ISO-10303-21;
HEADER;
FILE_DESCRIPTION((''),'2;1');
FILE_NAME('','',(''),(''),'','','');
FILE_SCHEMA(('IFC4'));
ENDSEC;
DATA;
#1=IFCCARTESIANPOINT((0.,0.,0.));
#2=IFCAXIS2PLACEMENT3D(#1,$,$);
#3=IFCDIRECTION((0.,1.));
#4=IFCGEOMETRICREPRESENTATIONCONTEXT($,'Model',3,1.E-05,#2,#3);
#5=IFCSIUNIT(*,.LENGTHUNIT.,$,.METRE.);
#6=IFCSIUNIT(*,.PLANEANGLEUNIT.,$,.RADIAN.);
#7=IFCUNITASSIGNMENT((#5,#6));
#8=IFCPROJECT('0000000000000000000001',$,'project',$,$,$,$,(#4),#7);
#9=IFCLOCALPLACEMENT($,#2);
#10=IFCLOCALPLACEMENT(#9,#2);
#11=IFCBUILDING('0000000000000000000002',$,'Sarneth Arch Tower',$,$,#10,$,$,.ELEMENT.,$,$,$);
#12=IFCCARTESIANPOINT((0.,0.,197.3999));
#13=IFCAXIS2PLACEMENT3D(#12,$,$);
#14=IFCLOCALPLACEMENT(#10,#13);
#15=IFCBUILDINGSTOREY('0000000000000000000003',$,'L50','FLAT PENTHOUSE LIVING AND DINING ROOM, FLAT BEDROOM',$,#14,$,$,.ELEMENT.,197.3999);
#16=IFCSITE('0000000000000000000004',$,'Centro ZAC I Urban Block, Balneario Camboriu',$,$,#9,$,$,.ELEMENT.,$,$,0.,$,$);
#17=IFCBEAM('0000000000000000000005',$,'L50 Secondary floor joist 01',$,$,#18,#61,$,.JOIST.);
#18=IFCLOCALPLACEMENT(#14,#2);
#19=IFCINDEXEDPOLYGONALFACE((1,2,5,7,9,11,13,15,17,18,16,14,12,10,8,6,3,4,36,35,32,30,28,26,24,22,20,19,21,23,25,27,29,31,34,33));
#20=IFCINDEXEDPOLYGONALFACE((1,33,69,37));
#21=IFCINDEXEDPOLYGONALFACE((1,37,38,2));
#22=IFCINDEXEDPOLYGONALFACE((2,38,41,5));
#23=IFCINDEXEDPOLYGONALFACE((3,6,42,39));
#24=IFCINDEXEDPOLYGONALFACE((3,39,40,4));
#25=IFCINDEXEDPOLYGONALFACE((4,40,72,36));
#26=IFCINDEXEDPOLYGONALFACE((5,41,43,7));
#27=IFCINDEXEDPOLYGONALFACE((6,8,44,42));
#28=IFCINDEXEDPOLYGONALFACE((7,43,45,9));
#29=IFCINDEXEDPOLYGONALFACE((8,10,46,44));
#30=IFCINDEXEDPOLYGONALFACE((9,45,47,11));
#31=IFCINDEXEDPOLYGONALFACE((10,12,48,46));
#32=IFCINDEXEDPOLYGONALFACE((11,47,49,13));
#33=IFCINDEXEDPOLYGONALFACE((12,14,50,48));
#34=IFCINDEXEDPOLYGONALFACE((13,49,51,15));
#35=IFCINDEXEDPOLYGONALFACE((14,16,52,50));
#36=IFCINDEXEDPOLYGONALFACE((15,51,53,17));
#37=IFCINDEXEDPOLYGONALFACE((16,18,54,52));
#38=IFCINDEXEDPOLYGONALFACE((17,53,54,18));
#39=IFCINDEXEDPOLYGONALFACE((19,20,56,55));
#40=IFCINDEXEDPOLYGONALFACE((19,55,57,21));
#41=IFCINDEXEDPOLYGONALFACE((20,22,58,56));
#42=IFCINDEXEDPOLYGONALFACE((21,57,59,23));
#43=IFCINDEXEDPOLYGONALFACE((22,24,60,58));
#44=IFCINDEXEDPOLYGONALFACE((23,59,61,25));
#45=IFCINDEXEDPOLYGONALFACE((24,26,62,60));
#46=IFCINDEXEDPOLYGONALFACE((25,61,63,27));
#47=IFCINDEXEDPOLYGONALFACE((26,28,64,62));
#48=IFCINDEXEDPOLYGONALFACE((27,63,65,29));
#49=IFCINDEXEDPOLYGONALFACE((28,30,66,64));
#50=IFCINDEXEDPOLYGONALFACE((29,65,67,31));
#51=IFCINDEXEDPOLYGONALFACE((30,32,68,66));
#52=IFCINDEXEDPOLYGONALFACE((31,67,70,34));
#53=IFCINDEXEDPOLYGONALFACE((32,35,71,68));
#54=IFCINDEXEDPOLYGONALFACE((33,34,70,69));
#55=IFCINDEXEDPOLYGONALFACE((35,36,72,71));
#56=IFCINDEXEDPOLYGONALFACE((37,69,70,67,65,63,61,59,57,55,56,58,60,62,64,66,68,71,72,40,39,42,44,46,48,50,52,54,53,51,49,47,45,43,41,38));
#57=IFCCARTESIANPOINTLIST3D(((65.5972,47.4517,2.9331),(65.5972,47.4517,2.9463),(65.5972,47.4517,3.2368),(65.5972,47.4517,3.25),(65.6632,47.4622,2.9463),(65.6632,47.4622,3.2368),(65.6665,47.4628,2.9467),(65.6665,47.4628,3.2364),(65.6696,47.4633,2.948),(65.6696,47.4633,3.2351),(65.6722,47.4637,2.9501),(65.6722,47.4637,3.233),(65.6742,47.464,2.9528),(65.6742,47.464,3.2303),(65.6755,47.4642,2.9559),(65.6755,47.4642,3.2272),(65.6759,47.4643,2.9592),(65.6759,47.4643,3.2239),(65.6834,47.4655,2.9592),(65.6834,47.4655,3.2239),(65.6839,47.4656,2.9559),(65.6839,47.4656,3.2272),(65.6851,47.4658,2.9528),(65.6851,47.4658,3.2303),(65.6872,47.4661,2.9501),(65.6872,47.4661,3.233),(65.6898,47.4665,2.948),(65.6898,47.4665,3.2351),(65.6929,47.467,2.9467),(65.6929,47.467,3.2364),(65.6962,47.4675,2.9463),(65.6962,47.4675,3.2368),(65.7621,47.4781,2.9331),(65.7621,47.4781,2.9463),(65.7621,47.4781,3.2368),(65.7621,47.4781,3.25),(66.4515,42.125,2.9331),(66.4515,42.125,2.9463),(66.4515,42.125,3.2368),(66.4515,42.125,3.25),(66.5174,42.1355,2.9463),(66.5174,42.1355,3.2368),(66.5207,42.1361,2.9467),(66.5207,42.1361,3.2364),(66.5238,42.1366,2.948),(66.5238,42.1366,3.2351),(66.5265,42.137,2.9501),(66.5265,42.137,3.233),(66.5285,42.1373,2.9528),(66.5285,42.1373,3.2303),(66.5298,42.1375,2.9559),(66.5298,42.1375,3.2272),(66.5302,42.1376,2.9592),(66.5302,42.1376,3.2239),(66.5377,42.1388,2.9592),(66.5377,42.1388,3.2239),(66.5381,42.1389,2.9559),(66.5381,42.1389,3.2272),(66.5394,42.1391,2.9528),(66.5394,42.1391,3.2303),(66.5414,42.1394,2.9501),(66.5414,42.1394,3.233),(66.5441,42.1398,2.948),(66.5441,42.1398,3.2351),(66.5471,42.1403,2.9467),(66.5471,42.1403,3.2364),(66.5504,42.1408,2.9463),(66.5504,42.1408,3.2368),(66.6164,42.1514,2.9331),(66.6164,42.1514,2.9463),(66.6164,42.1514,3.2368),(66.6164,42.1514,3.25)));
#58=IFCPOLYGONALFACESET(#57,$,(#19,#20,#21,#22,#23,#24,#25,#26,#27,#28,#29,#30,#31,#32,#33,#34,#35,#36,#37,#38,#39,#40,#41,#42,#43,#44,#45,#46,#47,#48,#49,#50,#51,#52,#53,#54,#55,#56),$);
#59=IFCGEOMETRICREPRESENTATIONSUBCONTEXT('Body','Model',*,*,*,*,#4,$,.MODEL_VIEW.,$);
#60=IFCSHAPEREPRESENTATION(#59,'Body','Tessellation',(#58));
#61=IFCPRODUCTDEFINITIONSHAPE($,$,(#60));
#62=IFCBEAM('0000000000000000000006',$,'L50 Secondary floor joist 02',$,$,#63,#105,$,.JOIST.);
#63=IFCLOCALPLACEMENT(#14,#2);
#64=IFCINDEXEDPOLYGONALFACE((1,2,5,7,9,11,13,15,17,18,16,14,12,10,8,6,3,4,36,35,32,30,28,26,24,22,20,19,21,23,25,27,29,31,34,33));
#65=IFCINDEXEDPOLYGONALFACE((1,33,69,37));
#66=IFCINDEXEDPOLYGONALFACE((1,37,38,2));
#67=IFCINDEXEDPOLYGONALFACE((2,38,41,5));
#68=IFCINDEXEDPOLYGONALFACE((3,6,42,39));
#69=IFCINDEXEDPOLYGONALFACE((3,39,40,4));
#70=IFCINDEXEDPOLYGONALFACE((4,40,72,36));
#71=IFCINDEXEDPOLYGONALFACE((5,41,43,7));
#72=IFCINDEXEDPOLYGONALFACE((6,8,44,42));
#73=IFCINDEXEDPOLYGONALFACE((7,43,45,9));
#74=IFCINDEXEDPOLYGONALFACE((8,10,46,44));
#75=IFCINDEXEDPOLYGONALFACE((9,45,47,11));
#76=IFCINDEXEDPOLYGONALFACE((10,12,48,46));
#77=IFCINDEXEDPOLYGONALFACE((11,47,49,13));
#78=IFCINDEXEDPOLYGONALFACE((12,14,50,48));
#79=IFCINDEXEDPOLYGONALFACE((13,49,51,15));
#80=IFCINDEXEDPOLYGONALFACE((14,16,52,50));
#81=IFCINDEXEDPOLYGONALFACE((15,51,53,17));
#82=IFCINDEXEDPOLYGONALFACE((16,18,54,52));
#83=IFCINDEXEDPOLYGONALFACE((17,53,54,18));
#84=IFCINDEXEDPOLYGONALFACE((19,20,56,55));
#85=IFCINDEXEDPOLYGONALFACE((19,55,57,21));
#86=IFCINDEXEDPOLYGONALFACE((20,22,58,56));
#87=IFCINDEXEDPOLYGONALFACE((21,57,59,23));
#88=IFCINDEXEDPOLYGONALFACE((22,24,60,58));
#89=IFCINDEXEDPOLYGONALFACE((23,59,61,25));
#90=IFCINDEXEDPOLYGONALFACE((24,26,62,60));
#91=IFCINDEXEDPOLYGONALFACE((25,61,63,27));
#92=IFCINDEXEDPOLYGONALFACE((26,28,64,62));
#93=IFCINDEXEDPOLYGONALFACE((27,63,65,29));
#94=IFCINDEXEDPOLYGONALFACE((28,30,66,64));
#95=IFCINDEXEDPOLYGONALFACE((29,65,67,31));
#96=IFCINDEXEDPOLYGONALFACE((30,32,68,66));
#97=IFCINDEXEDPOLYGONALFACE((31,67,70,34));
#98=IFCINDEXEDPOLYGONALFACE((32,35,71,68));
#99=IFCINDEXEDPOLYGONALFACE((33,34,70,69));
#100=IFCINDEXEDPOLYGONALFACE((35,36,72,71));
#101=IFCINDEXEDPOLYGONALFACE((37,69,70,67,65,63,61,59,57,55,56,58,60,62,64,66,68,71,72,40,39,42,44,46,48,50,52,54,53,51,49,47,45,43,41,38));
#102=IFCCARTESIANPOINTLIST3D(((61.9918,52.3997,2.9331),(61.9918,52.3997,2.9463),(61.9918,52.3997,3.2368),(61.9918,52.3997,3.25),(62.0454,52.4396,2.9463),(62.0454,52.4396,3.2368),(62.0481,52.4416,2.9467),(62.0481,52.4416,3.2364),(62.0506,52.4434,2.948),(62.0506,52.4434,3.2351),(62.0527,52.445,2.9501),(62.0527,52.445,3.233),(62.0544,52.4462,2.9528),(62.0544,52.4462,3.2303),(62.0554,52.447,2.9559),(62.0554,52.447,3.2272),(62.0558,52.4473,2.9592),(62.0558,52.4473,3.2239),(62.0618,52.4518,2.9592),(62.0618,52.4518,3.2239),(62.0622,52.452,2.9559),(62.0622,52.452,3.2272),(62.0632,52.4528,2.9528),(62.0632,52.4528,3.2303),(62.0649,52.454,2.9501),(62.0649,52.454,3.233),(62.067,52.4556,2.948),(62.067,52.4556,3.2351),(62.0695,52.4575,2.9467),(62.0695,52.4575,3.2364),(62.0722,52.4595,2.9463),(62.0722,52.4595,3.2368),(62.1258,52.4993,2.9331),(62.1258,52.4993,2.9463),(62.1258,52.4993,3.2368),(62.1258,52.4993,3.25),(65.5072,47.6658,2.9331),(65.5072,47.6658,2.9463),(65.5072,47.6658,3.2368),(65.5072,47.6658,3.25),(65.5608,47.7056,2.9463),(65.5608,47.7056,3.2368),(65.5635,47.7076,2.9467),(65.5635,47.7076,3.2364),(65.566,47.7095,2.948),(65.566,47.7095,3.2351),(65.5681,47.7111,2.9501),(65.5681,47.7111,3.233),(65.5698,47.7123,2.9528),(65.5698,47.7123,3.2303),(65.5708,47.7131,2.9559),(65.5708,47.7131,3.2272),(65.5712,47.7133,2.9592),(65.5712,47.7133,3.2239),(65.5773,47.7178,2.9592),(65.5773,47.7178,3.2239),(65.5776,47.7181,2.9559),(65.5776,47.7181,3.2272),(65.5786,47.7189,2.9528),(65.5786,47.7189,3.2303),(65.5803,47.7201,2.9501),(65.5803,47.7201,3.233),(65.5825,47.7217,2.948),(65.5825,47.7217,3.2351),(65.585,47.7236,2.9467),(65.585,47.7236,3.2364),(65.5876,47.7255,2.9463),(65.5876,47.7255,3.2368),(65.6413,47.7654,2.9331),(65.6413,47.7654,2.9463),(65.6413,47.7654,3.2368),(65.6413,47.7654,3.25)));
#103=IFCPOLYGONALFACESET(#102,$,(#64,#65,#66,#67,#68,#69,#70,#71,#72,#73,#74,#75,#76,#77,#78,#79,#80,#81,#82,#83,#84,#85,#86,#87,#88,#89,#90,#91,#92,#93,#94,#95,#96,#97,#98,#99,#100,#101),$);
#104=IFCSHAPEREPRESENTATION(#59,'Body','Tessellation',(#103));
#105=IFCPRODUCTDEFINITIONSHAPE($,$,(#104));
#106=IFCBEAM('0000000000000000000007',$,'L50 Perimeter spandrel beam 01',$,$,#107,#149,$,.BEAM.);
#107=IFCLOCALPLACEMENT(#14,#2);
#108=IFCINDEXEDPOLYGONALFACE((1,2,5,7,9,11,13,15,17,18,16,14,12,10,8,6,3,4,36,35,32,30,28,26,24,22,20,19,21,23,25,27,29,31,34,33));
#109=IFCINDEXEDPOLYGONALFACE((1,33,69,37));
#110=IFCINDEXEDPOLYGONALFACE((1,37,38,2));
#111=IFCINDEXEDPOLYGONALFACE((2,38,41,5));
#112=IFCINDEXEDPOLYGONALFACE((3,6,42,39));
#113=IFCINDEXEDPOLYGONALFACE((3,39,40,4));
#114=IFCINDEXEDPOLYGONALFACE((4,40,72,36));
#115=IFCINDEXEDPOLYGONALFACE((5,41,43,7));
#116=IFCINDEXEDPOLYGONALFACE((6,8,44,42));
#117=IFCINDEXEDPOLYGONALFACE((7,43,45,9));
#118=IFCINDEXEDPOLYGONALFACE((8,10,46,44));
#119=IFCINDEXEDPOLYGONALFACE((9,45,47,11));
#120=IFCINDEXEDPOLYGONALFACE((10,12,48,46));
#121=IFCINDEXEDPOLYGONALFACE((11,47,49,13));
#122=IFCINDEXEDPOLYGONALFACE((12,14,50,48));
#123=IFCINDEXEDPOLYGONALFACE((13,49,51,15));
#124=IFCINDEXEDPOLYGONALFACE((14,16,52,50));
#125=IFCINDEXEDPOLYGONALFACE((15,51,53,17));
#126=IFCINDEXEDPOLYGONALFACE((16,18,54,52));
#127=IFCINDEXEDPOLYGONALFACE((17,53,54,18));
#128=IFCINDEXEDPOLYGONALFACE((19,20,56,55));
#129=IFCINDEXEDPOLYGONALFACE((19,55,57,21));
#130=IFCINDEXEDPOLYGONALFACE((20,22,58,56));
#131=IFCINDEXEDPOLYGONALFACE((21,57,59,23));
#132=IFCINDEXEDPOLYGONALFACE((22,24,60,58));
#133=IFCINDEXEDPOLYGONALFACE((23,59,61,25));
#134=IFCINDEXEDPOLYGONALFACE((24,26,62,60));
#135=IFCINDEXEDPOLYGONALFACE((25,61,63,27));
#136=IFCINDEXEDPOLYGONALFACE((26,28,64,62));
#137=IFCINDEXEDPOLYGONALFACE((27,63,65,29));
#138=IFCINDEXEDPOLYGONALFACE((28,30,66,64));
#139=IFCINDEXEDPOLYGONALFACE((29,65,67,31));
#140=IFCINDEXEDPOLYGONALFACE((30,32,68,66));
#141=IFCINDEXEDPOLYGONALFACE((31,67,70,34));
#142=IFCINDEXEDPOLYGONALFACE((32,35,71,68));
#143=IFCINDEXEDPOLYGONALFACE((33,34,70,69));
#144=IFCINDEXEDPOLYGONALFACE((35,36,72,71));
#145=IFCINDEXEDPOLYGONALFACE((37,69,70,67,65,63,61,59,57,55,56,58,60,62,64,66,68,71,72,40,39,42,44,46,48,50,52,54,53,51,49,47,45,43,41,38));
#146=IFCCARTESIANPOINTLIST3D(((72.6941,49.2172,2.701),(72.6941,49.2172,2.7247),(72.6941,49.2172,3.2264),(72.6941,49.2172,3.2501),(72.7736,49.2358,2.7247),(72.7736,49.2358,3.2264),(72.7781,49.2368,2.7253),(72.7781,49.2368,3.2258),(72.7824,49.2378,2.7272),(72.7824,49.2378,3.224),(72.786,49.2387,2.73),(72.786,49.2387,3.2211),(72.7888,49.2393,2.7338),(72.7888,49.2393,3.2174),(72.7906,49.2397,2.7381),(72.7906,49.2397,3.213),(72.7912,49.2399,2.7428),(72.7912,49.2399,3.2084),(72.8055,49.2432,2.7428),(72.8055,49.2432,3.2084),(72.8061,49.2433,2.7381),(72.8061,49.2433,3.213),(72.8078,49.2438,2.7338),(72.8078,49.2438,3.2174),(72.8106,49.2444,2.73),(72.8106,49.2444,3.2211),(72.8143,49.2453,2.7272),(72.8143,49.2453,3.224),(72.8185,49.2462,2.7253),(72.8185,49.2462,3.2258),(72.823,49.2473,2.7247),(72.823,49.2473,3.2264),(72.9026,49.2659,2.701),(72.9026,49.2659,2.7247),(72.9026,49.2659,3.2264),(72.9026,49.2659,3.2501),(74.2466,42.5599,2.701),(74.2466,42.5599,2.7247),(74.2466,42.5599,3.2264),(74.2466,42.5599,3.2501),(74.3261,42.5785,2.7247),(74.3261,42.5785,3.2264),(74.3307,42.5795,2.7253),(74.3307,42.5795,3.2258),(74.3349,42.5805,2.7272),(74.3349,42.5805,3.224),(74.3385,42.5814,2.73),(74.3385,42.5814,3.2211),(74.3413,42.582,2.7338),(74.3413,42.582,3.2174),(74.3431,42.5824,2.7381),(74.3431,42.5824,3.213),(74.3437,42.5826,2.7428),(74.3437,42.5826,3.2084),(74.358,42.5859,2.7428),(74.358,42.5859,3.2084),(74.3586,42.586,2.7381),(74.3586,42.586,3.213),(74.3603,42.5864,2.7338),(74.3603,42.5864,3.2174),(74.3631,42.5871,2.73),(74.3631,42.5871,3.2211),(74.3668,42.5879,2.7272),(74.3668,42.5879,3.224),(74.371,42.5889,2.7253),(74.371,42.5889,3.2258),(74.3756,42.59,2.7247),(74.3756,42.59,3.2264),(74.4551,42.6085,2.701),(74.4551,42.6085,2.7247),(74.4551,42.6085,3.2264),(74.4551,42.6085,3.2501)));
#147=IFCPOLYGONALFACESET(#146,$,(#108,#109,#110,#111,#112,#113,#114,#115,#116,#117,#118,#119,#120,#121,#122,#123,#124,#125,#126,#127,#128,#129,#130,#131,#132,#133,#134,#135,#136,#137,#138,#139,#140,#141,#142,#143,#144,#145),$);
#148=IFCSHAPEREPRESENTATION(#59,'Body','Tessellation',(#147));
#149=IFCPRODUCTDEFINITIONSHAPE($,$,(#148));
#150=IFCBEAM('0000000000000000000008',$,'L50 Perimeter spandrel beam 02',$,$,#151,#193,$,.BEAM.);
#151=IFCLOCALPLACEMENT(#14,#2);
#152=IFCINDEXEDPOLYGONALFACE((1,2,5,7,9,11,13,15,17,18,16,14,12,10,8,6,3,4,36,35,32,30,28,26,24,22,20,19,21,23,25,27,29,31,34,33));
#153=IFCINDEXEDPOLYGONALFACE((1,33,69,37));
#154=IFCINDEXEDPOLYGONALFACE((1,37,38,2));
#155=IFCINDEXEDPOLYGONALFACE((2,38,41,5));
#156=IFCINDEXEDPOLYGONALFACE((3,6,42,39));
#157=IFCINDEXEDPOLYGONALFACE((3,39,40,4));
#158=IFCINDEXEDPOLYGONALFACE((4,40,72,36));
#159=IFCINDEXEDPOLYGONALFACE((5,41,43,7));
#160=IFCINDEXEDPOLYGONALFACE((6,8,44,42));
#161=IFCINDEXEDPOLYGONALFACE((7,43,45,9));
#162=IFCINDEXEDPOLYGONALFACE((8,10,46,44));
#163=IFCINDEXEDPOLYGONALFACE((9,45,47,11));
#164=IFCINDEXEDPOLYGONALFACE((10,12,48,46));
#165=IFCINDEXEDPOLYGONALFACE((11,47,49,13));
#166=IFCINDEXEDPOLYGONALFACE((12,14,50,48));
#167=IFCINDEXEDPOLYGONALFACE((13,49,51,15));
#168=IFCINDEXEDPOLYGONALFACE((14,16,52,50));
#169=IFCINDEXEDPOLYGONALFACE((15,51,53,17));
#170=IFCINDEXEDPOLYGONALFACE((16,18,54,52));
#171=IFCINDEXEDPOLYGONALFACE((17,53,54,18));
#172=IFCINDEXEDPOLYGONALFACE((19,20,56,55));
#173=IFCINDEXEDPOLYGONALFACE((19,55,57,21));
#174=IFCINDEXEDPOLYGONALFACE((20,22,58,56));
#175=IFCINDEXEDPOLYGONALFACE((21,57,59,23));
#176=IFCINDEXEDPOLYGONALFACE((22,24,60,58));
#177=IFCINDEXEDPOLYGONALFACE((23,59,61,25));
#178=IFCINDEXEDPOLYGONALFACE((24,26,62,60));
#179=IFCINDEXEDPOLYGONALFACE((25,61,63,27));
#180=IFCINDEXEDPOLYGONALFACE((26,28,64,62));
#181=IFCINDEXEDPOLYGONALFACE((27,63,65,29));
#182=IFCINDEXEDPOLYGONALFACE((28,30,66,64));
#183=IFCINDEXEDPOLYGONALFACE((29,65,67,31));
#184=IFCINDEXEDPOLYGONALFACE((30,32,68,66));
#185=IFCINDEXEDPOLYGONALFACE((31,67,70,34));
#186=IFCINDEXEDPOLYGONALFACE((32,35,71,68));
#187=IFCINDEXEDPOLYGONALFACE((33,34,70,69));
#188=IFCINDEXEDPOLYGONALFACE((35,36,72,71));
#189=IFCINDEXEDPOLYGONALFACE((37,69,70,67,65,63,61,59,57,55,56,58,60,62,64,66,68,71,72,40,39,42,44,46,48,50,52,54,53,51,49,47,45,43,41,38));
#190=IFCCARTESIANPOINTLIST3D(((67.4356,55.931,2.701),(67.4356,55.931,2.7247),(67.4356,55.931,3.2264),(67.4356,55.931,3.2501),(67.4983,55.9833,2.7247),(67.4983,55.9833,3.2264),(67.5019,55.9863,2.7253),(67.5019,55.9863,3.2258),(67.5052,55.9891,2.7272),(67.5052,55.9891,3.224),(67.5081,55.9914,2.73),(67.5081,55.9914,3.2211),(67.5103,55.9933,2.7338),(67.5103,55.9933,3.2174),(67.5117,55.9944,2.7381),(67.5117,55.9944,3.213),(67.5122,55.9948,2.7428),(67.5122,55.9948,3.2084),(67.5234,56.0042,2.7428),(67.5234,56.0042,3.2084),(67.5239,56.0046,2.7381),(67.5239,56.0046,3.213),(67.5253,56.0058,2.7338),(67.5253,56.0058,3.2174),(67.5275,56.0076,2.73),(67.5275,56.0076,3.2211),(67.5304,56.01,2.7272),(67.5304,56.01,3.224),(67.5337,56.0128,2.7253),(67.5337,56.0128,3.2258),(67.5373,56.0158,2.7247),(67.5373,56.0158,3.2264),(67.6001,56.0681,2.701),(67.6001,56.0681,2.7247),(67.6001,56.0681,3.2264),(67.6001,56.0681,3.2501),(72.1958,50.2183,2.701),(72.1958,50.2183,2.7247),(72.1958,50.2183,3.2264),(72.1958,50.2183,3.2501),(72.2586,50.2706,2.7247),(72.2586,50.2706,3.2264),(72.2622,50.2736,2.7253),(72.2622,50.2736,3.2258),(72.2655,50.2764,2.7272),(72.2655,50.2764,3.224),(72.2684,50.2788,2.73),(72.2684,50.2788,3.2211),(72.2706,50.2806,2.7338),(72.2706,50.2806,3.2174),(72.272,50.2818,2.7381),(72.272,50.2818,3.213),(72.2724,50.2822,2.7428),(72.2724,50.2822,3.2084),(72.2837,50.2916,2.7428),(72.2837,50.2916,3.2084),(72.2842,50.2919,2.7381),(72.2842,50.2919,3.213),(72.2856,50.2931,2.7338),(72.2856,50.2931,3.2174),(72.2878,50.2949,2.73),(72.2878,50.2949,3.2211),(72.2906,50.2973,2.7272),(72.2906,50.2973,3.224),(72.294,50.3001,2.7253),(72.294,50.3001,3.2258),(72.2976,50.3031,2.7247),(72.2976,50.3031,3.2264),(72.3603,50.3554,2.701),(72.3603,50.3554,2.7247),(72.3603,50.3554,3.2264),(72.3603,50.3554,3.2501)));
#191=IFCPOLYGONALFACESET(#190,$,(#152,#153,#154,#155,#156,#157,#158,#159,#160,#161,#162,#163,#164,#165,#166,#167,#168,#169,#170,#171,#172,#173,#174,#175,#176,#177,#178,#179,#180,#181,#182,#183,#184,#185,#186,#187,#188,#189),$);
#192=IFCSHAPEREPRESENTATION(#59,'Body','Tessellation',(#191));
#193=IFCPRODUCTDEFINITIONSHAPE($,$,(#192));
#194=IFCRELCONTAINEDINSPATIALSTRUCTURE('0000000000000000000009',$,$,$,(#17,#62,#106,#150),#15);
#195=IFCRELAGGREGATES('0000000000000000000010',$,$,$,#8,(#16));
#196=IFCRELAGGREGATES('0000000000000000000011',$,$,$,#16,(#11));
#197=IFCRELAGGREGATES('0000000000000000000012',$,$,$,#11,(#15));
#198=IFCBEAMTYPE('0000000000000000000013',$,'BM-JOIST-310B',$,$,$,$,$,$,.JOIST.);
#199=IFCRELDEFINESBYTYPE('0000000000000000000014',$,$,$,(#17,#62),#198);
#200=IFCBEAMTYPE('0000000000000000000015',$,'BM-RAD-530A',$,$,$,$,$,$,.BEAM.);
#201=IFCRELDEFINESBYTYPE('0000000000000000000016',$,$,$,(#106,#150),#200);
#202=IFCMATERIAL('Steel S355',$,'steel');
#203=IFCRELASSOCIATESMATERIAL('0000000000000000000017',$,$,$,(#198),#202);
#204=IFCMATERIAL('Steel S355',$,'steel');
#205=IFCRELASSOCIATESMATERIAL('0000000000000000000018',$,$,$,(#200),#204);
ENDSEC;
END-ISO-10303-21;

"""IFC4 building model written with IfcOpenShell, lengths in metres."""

from ifc_helpers import new_model, si_unit, direction, frame, origin, origin_2d, place, context, subcontext, project, spatial, i_section, extrude, material, material_profile, profile_set, type_object, element, save


model = new_model("IFC4")

# Units and contexts
model_context = context("Model", 3, precision=1e-05, world=origin(), true_north=direction((0.0, 1.0)))
body_context = subcontext(model_context, "Body", "Model", "MODEL_VIEW")
ifc_project = project(units=[si_unit("LENGTHUNIT", "METRE"), si_unit("PLANEANGLEUNIT", "RADIAN")], contexts=[model_context])

# Site, building, storey
site_placement = place(None, origin())
site = spatial("IfcSite", under=ifc_project, at=site_placement, Name="Centro ZAC I Urban Block, Balneario Camboriu", CompositionType="ELEMENT", RefElevation=0.0)
building_placement = place(site_placement, origin())
building = spatial("IfcBuilding", under=site, at=building_placement, Name="Sarneth Arch Tower", CompositionType="ELEMENT")
storey_placement = place(building_placement, frame((0.0, 0.0, 197.3999)))
storey = spatial("IfcBuildingStorey", under=building, at=storey_placement, Name="L50", Description="FLAT PENTHOUSE LIVING AND DINING ROOM, FLAT BEDROOM", CompositionType="ELEMENT", Elevation=197.3999)

# Beams
ifc_material_1 = material(Name="Steel S355", Category="steel")
ifc_material_profile_1 = material_profile(ifc_material_1, i_section(OverallWidth=0.167, OverallDepth=0.3169, WebThickness=0.0076, FlangeThickness=0.0132, FilletRadius=0.0129, at=origin_2d()), Name="W310x52")
ifc_profile_set_1 = profile_set([ifc_material_profile_1], Name="Steel S355")
beam_type_1 = type_object("IfcBeamType", Name="BM-JOIST-310B", PredefinedType="JOIST", material=ifc_profile_set_1)
beam_1_placement = place(storey_placement, frame((66.5339, 42.1382, 3.0916), z_axis=(-0.158349, 0.987383, 0.0), x_axis=(-0.987383, -0.158349, 0.0)))
element("IfcBeam", 1, at=beam_1_placement, inside=storey, type_object=beam_type_1, Name="L50 Secondary floor joist 01", PredefinedType="JOIST", context=body_context, shape_type="SweptSolid", body=[
    extrude(i_section(OverallWidth=0.167, OverallDepth=0.3169, WebThickness=0.0076, FlangeThickness=0.0132, FilletRadius=0.0129, at=origin_2d()), origin(), (0.0, 0.0, 1.0), 5.3948),
])
beam_2_placement = place(storey_placement, frame((65.5742, 47.7156, 3.0916), z_axis=(-0.596191, 0.802843, 0.0), x_axis=(-0.802843, -0.596191, 0.0)))
element("IfcBeam", 2, at=beam_2_placement, inside=storey, type_object=beam_type_1, Name="L50 Secondary floor joist 02", PredefinedType="JOIST", context=body_context, shape_type="SweptSolid", body=[
    extrude(i_section(OverallWidth=0.167, OverallDepth=0.3169, WebThickness=0.0076, FlangeThickness=0.0132, FilletRadius=0.0129, at=origin_2d()), origin(), (0.0, 0.0, 1.0), 5.8965),
])
ifc_material_2 = material(Name="Steel S355", Category="steel")
ifc_material_profile_2 = material_profile(ifc_material_2, i_section(OverallWidth=0.2141, OverallDepth=0.5491, WebThickness=0.0146, FlangeThickness=0.0237, FilletRadius=0.0181, at=origin_2d()), Name="W530x138")
ifc_profile_set_2 = profile_set([ifc_material_profile_2], Name="Steel S355")
beam_type_2 = type_object("IfcBeamType", Name="BM-RAD-530A", PredefinedType="BEAM", material=ifc_profile_set_2)
beam_3_placement = place(storey_placement, frame((74.3508, 42.5842, 2.9756), z_axis=(-0.22711, 0.973869, 0.0), x_axis=(-0.973869, -0.22711, 0.0)))
element("IfcBeam", 3, at=beam_3_placement, inside=storey, type_object=beam_type_2, Name="L50 Perimeter spandrel beam 01", PredefinedType="BEAM", context=body_context, shape_type="SweptSolid", body=[
    extrude(i_section(OverallWidth=0.2141, OverallDepth=0.5491, WebThickness=0.0146, FlangeThickness=0.0237, FilletRadius=0.0181, at=origin_2d()), origin(), (0.0, 0.0, 1.0), 6.8359),
])
beam_4_placement = place(storey_placement, frame((72.2781, 50.2869, 2.9756), z_axis=(-0.640162, 0.76824, 0.0), x_axis=(-0.76824, -0.640162, 0.0)))
element("IfcBeam", 4, at=beam_4_placement, inside=storey, type_object=beam_type_2, Name="L50 Perimeter spandrel beam 02", PredefinedType="BEAM", context=body_context, shape_type="SweptSolid", body=[
    extrude(i_section(OverallWidth=0.2141, OverallDepth=0.5491, WebThickness=0.0146, FlangeThickness=0.0237, FilletRadius=0.0181, at=origin_2d()), origin(), (0.0, 0.0, 1.0), 7.436),
])

save(model, "model.ifc")
